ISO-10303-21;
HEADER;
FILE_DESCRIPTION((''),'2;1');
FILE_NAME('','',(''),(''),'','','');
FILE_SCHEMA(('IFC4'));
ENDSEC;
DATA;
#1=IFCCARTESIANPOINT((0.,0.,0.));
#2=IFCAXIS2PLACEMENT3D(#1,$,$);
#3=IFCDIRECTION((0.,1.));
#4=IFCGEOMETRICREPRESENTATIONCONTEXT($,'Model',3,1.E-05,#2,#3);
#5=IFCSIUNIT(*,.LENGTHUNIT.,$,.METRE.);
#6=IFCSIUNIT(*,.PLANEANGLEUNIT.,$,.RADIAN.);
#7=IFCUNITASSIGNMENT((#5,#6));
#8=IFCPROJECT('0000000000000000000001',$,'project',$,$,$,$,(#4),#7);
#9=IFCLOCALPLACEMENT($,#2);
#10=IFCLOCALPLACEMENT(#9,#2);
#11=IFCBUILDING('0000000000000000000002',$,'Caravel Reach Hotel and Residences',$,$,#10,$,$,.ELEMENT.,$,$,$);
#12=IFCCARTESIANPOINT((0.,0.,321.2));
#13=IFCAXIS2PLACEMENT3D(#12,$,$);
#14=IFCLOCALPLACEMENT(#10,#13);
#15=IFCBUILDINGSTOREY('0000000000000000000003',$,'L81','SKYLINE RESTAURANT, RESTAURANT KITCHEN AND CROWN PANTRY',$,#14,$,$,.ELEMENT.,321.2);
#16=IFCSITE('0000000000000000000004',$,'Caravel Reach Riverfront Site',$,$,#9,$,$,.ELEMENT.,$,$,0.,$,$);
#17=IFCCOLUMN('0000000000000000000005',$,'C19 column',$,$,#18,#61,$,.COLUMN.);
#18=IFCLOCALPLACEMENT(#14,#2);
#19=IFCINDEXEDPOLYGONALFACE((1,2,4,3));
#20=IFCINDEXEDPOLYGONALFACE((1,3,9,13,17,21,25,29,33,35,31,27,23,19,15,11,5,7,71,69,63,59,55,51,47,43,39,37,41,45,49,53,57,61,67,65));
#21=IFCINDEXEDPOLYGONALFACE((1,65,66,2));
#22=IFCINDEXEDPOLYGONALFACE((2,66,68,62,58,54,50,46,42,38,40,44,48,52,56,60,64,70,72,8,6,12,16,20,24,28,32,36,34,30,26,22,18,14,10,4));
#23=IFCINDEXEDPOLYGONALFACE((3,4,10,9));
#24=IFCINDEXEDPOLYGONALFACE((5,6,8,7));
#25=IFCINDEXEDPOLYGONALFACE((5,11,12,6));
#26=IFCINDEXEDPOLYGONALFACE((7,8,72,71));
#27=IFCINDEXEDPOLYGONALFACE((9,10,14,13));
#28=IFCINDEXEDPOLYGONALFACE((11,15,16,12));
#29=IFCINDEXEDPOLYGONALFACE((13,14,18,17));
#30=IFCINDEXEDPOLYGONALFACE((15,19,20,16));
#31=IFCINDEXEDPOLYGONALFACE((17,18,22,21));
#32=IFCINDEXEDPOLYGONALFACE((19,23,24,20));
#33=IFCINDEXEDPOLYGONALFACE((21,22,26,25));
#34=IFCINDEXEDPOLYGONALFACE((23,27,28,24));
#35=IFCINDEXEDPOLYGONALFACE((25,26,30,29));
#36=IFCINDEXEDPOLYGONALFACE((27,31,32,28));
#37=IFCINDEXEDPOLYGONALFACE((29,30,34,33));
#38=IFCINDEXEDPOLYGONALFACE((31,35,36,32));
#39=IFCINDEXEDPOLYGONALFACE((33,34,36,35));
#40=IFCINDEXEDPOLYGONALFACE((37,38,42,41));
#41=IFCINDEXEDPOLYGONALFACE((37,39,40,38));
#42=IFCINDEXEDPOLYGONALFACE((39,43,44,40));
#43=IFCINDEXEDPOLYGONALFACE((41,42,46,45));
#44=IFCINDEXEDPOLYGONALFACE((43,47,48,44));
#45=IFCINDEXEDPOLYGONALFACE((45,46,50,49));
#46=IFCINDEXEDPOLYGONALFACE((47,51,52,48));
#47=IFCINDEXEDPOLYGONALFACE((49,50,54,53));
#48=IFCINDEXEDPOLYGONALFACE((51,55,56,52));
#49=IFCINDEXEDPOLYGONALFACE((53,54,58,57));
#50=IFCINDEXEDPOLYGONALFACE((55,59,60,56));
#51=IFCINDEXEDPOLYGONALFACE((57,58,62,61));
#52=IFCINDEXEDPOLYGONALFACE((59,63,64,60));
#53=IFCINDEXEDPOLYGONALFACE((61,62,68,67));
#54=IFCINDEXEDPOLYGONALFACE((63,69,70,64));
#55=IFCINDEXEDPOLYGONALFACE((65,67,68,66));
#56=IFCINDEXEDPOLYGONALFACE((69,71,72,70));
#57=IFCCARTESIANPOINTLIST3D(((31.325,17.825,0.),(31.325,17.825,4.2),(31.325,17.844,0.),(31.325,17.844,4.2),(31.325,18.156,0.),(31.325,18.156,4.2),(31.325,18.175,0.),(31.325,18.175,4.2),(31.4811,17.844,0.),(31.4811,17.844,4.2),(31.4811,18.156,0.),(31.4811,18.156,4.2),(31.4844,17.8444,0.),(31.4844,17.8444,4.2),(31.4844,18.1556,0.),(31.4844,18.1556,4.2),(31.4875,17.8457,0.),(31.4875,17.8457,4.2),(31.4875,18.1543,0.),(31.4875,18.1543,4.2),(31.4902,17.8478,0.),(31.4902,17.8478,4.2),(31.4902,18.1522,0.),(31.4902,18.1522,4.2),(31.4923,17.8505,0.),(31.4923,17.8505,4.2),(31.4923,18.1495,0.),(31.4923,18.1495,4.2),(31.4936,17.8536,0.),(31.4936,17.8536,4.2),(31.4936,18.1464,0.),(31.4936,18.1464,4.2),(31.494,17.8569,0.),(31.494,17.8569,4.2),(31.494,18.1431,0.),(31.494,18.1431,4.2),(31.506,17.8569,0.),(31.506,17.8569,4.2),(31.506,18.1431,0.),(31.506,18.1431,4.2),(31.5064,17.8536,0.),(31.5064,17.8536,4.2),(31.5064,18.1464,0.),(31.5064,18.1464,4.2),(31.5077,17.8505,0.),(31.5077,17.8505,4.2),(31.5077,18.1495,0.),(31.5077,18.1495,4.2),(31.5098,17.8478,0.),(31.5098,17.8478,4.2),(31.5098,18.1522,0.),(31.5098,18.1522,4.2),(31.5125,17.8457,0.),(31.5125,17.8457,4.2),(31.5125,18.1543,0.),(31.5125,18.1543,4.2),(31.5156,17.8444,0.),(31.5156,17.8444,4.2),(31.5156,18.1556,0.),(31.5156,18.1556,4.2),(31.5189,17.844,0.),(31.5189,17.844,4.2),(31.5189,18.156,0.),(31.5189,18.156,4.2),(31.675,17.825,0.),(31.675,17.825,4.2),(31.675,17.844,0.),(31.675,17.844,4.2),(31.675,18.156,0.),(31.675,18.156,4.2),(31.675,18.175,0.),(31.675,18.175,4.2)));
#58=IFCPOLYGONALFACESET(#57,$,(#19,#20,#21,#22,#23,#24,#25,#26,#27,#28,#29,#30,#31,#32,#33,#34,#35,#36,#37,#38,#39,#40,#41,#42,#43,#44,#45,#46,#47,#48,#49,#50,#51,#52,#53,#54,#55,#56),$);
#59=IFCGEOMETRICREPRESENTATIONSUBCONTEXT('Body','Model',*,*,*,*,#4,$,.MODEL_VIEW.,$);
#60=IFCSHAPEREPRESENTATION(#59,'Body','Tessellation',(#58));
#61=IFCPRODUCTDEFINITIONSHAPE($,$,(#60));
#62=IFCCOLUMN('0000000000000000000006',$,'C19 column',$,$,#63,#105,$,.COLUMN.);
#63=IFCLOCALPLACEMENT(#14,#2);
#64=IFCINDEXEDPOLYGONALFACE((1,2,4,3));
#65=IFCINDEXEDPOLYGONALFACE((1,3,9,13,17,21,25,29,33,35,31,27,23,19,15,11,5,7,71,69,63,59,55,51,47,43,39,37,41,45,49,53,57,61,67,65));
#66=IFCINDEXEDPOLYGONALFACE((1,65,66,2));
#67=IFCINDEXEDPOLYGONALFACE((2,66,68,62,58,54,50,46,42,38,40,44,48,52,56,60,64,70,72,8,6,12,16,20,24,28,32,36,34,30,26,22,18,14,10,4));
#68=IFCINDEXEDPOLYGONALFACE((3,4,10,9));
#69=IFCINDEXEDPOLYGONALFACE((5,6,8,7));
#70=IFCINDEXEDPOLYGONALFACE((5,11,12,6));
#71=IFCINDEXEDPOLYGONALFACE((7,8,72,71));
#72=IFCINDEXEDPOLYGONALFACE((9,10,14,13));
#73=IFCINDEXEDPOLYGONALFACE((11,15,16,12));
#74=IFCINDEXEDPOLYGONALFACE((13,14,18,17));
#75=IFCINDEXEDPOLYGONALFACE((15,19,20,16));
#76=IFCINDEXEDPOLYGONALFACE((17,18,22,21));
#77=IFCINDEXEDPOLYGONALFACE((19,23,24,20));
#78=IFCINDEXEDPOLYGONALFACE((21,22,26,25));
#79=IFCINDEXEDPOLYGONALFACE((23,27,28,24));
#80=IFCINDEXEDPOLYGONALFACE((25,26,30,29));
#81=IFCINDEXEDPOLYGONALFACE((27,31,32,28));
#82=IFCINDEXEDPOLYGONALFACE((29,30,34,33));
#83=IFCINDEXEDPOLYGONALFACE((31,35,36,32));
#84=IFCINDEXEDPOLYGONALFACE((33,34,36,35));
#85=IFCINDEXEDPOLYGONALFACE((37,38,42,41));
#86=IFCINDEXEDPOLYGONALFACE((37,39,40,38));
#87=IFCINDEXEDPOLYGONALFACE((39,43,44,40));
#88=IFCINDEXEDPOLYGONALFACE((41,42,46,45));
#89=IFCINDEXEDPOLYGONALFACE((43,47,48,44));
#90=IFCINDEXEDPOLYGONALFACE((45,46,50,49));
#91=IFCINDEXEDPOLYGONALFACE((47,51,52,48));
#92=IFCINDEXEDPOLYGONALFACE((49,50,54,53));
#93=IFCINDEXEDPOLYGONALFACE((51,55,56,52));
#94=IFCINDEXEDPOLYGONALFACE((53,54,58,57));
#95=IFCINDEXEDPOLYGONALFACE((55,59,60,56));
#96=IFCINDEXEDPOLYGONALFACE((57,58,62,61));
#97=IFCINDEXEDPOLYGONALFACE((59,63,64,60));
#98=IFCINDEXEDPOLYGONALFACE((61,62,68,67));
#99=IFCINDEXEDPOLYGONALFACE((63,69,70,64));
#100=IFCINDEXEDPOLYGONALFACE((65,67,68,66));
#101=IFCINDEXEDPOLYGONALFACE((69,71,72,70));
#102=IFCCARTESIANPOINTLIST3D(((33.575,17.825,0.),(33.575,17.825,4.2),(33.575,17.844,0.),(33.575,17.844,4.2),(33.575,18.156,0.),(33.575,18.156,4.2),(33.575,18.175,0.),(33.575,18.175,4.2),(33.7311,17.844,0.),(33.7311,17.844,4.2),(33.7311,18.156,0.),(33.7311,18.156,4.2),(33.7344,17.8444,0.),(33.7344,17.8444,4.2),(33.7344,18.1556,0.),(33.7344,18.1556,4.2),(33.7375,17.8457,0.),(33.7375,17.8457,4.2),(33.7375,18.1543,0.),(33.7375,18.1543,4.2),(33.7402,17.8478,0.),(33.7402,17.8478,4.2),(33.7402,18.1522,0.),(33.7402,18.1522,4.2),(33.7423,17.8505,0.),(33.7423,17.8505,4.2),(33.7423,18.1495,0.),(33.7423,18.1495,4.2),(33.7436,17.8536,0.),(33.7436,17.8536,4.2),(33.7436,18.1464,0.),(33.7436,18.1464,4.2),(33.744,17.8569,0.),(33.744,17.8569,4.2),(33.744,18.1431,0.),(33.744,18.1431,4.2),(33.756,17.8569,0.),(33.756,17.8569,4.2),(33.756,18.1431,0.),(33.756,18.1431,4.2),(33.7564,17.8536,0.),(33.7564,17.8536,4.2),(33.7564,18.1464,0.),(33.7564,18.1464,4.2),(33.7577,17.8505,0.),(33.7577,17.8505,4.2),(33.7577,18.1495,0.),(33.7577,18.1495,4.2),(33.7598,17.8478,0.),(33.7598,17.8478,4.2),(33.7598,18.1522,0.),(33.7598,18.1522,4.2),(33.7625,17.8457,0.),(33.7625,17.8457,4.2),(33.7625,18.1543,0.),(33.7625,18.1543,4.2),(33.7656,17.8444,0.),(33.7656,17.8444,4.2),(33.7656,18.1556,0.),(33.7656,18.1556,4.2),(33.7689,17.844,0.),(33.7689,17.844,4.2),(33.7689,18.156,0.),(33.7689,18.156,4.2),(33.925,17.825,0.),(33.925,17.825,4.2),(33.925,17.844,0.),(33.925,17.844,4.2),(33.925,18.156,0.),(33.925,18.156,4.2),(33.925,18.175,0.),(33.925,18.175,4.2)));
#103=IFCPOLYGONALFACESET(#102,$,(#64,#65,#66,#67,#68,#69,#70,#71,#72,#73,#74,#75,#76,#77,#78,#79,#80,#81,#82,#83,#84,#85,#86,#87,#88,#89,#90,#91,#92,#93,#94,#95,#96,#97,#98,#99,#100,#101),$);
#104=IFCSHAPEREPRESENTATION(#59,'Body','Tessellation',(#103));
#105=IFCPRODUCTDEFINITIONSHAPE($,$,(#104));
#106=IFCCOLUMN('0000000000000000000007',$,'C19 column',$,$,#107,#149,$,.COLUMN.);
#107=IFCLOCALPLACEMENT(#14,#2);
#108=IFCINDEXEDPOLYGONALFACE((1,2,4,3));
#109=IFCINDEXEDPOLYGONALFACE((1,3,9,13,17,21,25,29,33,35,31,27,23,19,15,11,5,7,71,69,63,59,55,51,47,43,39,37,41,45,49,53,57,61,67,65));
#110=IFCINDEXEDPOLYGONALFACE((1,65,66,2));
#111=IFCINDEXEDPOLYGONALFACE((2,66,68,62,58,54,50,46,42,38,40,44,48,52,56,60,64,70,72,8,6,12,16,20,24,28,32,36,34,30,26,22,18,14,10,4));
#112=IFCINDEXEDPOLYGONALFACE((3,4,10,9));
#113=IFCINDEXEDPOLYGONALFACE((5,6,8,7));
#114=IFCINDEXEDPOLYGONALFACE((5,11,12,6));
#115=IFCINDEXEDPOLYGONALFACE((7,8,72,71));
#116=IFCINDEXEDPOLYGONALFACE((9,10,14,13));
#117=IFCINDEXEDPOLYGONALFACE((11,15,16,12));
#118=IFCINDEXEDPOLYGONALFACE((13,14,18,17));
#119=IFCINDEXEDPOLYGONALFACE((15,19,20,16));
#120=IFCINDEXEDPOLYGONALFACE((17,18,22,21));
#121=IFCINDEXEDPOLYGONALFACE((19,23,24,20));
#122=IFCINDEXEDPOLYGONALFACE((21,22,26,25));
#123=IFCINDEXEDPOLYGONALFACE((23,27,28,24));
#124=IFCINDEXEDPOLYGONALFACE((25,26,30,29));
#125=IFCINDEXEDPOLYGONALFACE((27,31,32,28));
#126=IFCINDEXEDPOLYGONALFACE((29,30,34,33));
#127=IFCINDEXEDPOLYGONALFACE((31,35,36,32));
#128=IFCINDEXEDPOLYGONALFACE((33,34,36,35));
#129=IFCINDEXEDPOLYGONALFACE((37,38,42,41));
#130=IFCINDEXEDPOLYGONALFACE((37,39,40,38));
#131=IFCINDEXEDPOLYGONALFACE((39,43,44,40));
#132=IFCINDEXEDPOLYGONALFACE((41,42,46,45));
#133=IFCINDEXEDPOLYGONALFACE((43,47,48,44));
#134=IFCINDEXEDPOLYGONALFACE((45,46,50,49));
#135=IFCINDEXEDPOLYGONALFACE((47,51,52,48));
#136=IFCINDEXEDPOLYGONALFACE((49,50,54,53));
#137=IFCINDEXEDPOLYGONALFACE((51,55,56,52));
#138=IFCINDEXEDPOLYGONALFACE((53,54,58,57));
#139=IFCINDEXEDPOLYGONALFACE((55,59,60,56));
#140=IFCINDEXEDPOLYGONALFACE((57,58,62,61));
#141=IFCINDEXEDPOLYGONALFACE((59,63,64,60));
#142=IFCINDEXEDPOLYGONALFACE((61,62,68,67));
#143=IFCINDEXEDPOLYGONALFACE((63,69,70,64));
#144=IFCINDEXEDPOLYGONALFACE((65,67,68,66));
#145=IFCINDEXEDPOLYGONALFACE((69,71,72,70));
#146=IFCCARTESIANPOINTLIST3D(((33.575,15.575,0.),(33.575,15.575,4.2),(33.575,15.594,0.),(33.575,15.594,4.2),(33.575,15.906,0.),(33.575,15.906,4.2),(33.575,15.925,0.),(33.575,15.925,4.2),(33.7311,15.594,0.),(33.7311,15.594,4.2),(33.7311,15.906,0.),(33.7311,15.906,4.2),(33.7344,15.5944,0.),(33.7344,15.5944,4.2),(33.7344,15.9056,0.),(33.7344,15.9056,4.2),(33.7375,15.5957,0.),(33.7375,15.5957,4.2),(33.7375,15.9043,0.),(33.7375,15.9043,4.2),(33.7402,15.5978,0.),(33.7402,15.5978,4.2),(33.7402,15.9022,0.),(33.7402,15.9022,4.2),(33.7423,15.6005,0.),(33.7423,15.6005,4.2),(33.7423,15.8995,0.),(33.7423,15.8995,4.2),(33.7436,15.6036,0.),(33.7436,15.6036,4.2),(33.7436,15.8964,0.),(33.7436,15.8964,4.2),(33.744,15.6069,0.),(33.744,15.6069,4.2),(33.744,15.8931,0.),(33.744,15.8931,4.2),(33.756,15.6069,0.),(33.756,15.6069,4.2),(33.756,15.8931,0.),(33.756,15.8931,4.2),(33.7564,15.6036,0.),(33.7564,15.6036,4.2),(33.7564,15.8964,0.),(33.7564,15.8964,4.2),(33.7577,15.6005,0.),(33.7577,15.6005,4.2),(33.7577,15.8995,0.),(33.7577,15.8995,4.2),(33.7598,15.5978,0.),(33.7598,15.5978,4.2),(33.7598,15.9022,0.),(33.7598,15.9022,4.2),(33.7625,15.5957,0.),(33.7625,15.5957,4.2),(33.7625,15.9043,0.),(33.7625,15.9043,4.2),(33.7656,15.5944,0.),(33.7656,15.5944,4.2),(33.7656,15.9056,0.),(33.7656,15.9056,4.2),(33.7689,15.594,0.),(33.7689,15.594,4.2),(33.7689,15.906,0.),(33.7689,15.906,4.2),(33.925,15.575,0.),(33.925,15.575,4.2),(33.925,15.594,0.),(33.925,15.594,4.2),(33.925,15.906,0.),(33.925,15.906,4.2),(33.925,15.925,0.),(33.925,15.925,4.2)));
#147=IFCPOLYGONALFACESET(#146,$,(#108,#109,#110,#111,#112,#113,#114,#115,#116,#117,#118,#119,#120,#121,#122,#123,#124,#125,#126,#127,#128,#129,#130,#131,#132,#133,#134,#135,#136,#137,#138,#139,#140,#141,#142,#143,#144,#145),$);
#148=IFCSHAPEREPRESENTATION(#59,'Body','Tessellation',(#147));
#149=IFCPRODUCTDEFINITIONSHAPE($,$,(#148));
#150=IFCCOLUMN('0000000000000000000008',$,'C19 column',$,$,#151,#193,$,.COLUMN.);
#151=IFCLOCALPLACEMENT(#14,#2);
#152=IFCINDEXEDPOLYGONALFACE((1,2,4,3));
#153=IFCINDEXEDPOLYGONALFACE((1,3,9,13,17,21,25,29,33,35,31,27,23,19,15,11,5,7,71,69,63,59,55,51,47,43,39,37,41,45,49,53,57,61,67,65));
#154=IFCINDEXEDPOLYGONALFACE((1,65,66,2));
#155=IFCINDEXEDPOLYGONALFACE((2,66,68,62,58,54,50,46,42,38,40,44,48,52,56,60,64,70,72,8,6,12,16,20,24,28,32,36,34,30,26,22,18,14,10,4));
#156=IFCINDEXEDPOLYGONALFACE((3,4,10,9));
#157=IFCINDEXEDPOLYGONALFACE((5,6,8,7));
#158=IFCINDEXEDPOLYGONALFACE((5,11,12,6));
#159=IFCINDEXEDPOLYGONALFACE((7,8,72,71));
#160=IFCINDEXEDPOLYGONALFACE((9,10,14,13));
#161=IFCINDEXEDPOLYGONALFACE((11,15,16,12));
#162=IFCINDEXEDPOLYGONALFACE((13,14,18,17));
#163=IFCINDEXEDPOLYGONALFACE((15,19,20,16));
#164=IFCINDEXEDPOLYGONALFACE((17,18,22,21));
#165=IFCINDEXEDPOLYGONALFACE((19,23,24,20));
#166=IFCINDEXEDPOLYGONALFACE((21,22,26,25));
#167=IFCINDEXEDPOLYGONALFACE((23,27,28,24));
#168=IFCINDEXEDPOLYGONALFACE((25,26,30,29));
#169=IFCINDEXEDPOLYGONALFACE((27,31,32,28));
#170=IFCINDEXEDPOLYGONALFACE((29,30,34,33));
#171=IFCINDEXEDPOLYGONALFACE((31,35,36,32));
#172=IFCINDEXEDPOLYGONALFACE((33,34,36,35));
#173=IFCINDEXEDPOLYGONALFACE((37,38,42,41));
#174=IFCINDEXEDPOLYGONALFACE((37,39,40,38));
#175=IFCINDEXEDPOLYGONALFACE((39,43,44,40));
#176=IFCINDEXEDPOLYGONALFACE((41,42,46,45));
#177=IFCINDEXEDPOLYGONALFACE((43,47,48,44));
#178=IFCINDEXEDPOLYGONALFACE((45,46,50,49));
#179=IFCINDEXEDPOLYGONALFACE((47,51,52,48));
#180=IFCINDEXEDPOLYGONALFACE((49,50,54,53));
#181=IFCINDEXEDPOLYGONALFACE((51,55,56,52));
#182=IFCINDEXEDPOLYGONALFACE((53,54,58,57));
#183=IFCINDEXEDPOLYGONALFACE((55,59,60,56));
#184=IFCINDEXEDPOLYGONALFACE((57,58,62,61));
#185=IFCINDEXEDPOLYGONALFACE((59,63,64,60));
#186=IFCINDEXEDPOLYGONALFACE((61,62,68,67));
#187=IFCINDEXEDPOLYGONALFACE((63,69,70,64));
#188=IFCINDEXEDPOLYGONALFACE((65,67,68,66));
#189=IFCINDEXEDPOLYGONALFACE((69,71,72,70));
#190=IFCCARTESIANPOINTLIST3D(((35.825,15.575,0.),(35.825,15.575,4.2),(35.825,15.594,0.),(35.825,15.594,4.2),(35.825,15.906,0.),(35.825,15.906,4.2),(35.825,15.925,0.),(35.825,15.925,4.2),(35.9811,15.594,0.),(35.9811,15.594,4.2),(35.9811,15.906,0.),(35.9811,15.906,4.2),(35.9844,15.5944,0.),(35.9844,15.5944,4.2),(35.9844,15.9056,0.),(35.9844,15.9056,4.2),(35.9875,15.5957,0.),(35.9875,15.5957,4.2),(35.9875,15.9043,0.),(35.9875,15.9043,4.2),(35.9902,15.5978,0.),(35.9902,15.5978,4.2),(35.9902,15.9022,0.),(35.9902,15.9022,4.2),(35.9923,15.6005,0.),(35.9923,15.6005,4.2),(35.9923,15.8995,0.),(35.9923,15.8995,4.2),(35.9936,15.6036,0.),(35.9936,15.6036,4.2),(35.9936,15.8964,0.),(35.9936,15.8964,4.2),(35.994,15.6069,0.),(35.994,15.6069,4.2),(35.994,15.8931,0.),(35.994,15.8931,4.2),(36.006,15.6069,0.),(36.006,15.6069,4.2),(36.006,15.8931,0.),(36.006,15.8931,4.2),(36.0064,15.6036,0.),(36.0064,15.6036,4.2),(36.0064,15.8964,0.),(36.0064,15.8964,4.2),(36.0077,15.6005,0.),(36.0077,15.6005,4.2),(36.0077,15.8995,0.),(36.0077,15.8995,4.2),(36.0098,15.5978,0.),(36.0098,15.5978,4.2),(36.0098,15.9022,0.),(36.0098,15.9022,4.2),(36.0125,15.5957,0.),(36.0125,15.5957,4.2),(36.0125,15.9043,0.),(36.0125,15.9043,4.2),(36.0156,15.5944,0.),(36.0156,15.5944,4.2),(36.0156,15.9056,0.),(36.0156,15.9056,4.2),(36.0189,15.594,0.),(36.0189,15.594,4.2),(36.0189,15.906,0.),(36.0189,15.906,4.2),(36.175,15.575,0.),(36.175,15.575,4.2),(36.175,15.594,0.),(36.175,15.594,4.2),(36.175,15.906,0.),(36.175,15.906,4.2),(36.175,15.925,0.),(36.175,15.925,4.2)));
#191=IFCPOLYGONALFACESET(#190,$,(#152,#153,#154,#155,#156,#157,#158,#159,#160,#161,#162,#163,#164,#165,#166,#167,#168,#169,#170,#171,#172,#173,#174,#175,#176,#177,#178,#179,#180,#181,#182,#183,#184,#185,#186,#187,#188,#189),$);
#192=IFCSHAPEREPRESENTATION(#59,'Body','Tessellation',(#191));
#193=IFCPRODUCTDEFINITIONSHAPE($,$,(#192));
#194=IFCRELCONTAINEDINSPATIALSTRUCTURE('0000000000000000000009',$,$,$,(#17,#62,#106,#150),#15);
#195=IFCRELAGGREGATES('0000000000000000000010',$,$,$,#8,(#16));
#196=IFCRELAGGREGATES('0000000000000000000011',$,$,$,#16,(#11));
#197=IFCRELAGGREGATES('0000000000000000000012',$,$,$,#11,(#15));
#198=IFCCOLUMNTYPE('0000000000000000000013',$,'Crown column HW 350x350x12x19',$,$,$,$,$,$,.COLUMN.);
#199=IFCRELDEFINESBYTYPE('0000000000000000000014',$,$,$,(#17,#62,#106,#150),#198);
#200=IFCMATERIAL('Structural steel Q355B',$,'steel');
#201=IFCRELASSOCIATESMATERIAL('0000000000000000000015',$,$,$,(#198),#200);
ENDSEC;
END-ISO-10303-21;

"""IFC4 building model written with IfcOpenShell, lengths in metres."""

from ifc_helpers import new_model, si_unit, direction, frame, origin, origin_2d, place, context, subcontext, project, spatial, i_section, extrude, material, material_profile, profile_set, type_object, element, save


model = new_model("IFC4")

# Units and contexts
model_context = context("Model", 3, precision=1e-05, world=origin(), true_north=direction((0.0, 1.0)))
body_context = subcontext(model_context, "Body", "Model", "MODEL_VIEW")
ifc_project = project(units=[si_unit("LENGTHUNIT", "METRE"), si_unit("PLANEANGLEUNIT", "RADIAN")], contexts=[model_context])

# Site, building, storey
site_placement = place(None, origin())
site = spatial("IfcSite", under=ifc_project, at=site_placement, Name="Caravel Reach Riverfront Site", CompositionType="ELEMENT", RefElevation=0.0)
building_placement = place(site_placement, origin())
building = spatial("IfcBuilding", under=site, at=building_placement, Name="Caravel Reach Hotel and Residences", CompositionType="ELEMENT")
storey_placement = place(building_placement, frame((0.0, 0.0, 321.2)))
storey = spatial("IfcBuildingStorey", under=building, at=storey_placement, Name="L81", Description="SKYLINE RESTAURANT, RESTAURANT KITCHEN AND CROWN PANTRY", CompositionType="ELEMENT", Elevation=321.2)

# Columns
ifc_material_1 = material(Name="Structural steel Q355B", Category="steel")
ifc_material_profile_1 = material_profile(ifc_material_1, i_section(OverallWidth=0.3501, OverallDepth=0.3501, WebThickness=0.012, FlangeThickness=0.019, FilletRadius=0.0129, at=origin_2d()), Name="HW 350x350x12x19")
ifc_profile_set_1 = profile_set([ifc_material_profile_1], Name="Structural steel Q355B")
column_type = type_object("IfcColumnType", Name="Crown column HW 350x350x12x19", PredefinedType="COLUMN", material=ifc_profile_set_1)
for number, where, z_axis, x_axis, name in (
    (1, (31.5, 18.0, 0.0), (0.0, 0.0, 1.0), (1.0, 0.0, 0.0), "C19 column"),
    (2, (33.75, 18.0, 0.0), (0.0, 0.0, 1.0), (1.0, 0.0, 0.0), "C19 column"),
    (3, (33.75, 15.75, 0.0), (0.0, 0.0, 1.0), (1.0, 0.0, 0.0), "C19 column"),
    (4, (36.0, 15.75, 0.0), (0.0, 0.0, 1.0), (1.0, 0.0, 0.0), "C19 column"),
):
    element("IfcColumn", number, at=place(storey_placement, frame(where, z_axis=z_axis, x_axis=x_axis)), inside=storey, type_object=column_type, Name=name, PredefinedType="COLUMN", context=body_context, shape_type="SweptSolid", body=[
        extrude(i_section(OverallWidth=0.3501, OverallDepth=0.3501, WebThickness=0.012, FlangeThickness=0.019, FilletRadius=0.0129, at=origin_2d()), origin(), (0.0, 0.0, 1.0), 4.2),
    ])

save(model, "model.ifc")
